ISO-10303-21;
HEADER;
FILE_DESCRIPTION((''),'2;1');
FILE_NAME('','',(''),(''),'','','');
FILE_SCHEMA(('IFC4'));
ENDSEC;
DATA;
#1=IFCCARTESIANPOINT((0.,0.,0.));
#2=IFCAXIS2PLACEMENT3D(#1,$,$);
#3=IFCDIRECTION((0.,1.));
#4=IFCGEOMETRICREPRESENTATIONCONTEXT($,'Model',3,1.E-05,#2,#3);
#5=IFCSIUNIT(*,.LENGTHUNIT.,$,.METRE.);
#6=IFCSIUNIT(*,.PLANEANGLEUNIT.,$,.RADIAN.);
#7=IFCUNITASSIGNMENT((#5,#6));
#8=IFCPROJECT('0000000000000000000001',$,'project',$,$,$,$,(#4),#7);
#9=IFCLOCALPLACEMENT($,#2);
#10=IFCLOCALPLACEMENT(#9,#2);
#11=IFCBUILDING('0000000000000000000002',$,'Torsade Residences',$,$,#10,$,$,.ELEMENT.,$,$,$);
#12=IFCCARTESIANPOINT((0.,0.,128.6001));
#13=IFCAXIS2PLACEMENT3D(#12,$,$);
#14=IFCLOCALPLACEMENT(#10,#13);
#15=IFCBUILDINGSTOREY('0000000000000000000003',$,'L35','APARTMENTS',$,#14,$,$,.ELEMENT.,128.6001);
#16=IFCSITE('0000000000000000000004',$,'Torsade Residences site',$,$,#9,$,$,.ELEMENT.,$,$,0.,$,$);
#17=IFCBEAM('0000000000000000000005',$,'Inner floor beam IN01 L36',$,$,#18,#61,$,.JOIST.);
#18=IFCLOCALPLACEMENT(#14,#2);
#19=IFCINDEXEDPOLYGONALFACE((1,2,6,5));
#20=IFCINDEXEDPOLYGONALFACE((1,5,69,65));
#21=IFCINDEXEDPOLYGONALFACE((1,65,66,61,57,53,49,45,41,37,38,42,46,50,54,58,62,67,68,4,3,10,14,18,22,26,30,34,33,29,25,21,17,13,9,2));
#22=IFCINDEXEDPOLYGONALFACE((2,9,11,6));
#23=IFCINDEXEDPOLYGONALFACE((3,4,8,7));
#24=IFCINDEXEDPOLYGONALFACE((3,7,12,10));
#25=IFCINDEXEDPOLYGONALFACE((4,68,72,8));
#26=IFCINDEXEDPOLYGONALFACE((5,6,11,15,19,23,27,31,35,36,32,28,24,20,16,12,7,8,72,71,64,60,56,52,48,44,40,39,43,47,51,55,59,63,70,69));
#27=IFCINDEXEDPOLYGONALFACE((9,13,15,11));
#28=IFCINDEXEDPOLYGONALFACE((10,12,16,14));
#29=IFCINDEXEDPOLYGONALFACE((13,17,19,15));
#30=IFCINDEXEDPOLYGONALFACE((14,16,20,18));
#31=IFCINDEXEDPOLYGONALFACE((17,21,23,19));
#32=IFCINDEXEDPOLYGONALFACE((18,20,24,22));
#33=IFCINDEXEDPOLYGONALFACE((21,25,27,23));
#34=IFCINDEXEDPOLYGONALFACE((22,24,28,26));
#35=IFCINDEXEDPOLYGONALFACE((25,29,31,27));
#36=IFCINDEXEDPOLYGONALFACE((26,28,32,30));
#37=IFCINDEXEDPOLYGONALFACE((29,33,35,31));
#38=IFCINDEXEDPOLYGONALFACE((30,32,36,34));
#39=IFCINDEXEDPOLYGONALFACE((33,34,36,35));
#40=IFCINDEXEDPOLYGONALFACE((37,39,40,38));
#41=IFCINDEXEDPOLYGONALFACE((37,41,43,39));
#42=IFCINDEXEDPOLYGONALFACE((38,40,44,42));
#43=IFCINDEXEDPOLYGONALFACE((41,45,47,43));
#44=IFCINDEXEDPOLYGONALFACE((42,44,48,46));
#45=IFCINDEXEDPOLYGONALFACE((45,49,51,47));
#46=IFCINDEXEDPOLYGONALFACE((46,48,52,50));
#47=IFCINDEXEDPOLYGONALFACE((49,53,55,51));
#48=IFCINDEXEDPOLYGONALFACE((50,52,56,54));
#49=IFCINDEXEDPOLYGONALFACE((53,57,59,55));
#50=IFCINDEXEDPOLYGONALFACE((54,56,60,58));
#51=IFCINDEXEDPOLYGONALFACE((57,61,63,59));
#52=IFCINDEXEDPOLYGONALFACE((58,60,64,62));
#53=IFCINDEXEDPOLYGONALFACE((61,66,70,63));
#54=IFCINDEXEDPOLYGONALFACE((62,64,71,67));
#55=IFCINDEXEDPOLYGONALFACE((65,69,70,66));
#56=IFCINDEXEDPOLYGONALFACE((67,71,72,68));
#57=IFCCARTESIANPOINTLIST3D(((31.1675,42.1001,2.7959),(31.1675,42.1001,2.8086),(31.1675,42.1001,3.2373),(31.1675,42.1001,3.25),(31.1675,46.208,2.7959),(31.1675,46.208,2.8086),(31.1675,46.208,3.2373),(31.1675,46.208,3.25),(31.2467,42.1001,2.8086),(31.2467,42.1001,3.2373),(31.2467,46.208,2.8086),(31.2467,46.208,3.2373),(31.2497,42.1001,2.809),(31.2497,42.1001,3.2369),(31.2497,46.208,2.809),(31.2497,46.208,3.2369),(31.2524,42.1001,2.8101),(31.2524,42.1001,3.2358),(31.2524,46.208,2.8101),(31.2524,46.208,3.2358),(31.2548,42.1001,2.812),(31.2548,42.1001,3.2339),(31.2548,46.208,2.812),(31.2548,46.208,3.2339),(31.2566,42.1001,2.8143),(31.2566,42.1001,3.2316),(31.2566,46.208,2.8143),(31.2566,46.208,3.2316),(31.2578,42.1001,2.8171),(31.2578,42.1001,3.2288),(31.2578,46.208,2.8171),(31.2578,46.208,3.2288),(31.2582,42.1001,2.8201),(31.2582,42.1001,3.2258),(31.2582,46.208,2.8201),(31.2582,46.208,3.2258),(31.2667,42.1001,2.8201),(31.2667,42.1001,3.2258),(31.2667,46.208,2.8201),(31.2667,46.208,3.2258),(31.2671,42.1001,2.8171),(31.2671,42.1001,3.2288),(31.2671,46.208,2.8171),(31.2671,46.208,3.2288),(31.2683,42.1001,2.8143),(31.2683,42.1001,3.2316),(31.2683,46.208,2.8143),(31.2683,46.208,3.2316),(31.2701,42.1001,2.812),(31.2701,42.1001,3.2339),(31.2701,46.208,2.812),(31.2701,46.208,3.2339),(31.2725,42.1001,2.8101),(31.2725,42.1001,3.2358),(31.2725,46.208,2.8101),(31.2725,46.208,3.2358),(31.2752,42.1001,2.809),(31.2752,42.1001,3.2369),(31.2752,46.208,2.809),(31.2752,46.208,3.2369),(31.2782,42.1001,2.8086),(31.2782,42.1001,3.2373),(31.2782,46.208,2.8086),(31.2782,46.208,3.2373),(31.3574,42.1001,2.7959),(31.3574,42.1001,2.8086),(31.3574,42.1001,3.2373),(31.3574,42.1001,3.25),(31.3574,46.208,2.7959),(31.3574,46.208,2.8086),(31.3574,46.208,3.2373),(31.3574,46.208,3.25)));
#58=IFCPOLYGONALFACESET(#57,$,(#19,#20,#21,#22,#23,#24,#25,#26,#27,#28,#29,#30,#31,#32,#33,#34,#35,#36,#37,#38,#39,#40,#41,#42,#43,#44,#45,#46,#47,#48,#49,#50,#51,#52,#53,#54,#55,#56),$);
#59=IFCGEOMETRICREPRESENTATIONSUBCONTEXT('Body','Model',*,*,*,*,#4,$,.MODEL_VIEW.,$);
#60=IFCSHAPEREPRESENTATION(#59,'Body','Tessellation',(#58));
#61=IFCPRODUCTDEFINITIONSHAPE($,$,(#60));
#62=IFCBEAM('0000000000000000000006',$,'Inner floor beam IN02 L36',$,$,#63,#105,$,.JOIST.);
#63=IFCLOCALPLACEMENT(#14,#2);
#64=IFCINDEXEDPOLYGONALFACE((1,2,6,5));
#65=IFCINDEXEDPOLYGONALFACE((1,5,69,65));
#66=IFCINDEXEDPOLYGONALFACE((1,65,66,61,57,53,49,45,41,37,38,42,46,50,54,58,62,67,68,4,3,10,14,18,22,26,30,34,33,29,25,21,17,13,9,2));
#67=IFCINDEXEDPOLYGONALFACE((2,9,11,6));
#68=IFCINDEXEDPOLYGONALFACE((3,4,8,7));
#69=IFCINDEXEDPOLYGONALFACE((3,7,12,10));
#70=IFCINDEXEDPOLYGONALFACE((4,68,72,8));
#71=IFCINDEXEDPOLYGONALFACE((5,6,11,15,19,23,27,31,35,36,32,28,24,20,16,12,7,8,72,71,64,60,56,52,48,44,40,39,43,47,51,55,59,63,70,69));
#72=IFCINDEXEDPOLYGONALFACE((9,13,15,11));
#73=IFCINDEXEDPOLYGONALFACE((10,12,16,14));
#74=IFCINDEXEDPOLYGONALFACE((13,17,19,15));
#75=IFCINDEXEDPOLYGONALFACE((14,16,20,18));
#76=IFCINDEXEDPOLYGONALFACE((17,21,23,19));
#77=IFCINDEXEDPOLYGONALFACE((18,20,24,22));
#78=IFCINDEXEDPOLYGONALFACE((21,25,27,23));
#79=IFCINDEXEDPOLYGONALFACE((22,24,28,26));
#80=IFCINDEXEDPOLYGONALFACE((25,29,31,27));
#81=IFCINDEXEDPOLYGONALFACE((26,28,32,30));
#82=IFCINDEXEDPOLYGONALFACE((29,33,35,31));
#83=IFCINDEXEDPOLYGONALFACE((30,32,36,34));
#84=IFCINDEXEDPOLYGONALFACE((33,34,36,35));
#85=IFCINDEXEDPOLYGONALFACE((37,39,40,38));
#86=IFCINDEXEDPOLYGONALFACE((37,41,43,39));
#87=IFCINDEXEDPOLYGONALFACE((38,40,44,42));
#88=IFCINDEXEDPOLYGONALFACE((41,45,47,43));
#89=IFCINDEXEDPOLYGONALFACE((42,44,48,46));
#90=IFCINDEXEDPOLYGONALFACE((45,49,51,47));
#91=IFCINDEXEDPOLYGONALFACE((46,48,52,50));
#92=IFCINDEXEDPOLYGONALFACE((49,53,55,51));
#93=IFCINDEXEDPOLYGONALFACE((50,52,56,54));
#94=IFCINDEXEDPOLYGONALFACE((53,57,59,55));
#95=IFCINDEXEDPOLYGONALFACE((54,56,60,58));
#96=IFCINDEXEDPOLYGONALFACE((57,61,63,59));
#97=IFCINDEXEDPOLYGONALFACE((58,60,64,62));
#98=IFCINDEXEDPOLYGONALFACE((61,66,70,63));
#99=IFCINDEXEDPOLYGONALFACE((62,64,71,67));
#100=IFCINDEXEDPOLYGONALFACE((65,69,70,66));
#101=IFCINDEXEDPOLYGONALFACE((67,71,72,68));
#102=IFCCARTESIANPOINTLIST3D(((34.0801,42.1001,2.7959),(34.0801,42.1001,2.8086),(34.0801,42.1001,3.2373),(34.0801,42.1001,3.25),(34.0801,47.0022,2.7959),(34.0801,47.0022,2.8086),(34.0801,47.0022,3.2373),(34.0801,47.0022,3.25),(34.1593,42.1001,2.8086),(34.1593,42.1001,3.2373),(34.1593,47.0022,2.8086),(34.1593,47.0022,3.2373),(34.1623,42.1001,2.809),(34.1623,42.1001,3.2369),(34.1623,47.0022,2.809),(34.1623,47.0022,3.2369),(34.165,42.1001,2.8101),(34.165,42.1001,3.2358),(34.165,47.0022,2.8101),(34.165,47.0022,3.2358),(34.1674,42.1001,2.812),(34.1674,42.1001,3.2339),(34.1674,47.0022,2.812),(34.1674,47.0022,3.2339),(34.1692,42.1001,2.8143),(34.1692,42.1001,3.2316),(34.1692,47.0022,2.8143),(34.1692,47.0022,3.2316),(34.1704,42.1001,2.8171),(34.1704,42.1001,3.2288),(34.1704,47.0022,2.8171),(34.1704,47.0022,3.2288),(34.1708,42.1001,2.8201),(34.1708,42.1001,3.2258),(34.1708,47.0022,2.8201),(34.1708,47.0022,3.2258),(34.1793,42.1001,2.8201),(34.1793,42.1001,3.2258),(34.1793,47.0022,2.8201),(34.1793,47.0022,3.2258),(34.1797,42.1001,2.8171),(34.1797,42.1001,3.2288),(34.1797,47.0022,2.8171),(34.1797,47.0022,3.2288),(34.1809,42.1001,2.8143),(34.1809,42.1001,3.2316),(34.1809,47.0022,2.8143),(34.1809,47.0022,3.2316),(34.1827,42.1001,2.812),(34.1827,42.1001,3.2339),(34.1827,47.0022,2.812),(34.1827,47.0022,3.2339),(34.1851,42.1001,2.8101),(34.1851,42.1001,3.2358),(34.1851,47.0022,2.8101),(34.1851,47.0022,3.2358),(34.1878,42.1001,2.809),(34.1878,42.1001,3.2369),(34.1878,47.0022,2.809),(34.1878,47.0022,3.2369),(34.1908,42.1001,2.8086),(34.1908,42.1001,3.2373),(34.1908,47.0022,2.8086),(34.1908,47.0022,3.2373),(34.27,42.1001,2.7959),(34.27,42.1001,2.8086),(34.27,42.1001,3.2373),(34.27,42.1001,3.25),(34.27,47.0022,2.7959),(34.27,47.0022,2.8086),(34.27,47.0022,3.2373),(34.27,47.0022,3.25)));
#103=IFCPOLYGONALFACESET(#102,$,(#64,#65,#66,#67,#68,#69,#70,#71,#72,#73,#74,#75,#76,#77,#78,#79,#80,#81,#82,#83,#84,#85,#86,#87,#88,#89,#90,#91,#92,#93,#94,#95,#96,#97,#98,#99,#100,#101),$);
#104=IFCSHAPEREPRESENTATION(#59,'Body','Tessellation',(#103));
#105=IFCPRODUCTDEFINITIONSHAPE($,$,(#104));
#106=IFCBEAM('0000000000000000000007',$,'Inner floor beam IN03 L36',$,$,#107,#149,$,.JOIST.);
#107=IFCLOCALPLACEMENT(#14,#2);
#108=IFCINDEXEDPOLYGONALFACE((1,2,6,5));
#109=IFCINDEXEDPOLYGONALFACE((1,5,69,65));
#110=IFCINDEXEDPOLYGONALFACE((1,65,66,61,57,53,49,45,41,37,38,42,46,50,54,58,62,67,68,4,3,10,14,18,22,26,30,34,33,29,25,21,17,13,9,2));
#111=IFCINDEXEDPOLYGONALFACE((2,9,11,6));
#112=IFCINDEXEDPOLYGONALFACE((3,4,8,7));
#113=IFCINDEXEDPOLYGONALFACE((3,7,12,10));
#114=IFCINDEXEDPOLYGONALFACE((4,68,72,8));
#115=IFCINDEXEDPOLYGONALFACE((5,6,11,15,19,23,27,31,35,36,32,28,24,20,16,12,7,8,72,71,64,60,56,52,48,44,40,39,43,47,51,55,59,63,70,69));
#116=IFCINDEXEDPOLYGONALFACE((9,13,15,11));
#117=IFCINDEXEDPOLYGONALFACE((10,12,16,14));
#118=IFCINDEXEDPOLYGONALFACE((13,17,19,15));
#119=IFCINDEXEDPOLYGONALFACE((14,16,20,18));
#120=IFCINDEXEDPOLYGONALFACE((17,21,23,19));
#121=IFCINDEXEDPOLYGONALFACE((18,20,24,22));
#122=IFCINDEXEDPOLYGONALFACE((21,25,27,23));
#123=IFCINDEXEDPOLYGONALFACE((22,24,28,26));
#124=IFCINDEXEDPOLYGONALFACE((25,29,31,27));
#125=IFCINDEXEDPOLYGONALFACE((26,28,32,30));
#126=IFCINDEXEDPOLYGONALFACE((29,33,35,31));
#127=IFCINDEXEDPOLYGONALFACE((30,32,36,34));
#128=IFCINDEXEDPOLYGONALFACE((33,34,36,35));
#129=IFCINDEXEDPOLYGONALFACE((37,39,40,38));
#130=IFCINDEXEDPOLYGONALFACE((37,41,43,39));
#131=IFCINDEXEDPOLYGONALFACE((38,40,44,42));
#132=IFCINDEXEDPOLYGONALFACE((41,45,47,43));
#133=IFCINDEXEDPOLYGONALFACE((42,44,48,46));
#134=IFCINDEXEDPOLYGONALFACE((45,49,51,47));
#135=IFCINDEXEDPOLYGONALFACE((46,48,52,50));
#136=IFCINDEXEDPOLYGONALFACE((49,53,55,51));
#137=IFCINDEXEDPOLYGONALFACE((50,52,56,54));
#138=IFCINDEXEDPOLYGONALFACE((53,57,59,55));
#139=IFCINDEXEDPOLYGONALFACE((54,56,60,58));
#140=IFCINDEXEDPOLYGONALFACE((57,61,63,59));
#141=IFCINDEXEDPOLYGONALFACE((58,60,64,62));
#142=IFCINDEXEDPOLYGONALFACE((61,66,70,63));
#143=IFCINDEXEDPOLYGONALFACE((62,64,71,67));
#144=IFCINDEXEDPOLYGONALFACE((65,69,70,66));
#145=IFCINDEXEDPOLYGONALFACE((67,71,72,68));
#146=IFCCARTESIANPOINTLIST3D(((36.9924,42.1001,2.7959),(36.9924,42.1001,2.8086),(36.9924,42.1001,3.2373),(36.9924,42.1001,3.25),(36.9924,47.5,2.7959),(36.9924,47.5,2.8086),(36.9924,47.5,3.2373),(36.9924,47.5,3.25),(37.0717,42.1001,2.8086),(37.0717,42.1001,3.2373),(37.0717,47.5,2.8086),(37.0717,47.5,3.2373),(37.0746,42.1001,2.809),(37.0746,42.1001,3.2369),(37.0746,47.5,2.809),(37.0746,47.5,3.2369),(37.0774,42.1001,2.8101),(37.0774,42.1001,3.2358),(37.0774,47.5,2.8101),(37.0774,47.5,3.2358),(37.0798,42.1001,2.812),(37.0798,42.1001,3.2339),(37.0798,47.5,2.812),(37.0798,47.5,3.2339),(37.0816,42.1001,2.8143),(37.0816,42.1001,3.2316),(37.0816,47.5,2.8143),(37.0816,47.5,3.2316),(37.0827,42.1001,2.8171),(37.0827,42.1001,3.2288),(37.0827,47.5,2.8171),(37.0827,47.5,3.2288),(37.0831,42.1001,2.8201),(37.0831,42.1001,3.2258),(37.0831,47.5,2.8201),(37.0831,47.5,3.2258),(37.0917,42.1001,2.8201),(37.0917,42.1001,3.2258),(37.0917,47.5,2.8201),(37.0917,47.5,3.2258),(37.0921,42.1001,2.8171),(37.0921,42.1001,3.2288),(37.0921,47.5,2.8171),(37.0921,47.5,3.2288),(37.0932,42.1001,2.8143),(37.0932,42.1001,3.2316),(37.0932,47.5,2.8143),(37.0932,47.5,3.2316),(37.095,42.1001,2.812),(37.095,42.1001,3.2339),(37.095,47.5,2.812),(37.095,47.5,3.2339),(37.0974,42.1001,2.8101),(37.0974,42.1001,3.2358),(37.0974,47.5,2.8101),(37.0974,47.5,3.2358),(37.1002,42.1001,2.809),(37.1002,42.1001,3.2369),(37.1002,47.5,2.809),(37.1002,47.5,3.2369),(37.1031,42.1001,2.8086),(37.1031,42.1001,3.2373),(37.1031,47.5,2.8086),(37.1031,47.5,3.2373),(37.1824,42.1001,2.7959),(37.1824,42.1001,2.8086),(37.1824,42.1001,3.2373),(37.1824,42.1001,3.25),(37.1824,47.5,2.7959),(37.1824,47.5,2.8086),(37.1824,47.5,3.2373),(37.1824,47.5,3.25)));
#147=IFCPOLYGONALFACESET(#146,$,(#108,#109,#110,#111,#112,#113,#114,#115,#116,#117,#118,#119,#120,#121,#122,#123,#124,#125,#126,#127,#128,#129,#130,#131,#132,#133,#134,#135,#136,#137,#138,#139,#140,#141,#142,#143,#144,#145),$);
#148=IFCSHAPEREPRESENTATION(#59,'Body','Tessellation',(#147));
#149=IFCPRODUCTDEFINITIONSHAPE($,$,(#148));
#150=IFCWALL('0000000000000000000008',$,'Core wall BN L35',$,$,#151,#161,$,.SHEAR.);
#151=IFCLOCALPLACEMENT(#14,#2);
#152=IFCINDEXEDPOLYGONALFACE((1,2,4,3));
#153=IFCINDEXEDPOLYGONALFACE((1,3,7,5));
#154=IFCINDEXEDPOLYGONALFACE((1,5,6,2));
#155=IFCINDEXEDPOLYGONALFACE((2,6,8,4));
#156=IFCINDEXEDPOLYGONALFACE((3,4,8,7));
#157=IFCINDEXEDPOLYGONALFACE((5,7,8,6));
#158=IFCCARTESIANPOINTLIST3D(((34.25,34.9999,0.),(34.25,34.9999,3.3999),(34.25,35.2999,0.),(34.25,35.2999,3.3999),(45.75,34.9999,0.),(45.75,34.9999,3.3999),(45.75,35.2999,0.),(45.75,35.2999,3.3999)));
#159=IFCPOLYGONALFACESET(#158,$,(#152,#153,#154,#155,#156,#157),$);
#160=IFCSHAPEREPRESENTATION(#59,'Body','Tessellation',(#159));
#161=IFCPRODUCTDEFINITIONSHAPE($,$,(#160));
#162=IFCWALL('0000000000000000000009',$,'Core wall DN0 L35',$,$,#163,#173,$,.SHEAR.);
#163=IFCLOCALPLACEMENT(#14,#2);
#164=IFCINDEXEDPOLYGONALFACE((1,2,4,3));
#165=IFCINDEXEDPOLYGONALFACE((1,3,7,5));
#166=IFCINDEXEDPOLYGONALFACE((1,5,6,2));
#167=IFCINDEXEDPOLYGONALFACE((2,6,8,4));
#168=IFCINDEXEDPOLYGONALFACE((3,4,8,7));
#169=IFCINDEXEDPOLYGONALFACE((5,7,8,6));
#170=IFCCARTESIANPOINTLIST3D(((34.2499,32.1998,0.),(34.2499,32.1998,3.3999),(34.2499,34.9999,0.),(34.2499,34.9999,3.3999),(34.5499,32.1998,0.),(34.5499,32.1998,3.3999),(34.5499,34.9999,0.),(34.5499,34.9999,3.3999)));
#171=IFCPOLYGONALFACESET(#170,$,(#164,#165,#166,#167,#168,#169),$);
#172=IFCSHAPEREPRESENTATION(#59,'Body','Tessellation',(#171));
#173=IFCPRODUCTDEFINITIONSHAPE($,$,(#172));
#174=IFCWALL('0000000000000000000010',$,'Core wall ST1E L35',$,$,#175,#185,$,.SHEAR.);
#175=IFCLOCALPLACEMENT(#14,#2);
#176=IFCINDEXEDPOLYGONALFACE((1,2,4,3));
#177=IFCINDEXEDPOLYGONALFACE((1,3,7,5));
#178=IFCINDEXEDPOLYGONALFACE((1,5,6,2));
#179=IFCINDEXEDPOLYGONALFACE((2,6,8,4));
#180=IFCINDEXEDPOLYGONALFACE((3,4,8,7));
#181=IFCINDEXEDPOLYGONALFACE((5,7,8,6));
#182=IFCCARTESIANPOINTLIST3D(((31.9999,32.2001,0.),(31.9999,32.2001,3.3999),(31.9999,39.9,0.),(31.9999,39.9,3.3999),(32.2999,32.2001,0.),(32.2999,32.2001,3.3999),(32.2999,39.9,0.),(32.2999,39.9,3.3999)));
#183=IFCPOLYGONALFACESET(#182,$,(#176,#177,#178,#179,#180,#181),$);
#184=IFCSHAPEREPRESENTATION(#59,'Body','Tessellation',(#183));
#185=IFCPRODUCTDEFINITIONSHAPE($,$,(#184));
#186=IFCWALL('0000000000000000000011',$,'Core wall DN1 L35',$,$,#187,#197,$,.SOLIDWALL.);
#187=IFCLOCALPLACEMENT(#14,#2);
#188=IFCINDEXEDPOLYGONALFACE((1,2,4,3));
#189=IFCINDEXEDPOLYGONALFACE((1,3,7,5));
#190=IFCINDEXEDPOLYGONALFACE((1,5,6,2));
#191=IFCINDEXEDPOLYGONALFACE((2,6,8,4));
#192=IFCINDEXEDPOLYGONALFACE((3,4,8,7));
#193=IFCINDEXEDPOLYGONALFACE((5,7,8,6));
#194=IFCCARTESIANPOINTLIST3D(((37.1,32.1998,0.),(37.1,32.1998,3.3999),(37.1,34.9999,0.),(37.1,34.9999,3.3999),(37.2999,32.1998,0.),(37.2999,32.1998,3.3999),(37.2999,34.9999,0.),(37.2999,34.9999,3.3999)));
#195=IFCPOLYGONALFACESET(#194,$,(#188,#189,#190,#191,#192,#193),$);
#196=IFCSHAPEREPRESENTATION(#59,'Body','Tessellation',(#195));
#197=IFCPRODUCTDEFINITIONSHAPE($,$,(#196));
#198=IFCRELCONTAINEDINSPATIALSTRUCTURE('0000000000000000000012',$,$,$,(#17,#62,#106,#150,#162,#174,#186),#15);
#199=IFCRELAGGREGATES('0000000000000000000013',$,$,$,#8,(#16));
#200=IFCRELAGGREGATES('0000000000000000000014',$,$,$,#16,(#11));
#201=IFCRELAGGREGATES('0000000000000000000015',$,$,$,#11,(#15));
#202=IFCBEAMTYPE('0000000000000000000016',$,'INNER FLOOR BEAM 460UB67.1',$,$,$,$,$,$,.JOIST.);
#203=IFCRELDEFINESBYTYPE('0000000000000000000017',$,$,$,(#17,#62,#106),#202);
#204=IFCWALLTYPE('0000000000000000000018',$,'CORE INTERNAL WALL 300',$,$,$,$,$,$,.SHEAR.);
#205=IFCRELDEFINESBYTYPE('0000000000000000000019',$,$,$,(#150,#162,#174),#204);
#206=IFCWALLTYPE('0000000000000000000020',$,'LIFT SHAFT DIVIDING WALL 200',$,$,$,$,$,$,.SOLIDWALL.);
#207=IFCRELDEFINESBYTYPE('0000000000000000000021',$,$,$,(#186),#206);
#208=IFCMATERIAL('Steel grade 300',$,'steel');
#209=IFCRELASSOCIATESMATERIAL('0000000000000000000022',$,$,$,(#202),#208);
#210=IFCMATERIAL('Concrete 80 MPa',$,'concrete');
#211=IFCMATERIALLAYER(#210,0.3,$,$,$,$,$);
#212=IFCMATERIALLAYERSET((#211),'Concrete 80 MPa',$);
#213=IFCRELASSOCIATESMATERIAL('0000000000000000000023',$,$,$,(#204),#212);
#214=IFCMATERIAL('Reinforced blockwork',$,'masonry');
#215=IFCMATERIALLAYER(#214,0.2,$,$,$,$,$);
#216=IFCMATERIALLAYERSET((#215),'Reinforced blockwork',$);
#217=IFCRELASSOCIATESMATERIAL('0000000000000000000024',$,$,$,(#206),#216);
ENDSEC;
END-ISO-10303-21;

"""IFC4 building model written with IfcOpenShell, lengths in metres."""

from ifc_helpers import new_model, si_unit, direction, frame, frame_2d, origin, origin_2d, place, context, subcontext, project, spatial, rectangle, i_section, extrude, material, layer, layer_set, material_profile, profile_set, type_object, element, save


model = new_model("IFC4")

# Units and contexts
model_context = context("Model", 3, precision=1e-05, world=origin(), true_north=direction((0.0, 1.0)))
body_context = subcontext(model_context, "Body", "Model", "MODEL_VIEW")
ifc_project = project(units=[si_unit("LENGTHUNIT", "METRE"), si_unit("PLANEANGLEUNIT", "RADIAN")], contexts=[model_context])

# Site, building, storey
site_placement = place(None, origin())
site = spatial("IfcSite", under=ifc_project, at=site_placement, Name="Torsade Residences site", CompositionType="ELEMENT", RefElevation=0.0)
building_placement = place(site_placement, origin())
building = spatial("IfcBuilding", under=site, at=building_placement, Name="Torsade Residences", CompositionType="ELEMENT")
storey_placement = place(building_placement, frame((0.0, 0.0, 128.6001)))
storey = spatial("IfcBuildingStorey", under=building, at=storey_placement, Name="L35", Description="APARTMENTS", CompositionType="ELEMENT", Elevation=128.6001)

# Beams
ifc_material_1 = material(Name="Steel grade 300", Category="steel")
ifc_material_profile = material_profile(ifc_material_1, i_section(OverallWidth=0.1899, OverallDepth=0.4541, WebThickness=0.0085, FlangeThickness=0.0127, FilletRadius=0.0115, at=origin_2d()), Name="460UB67.1")
ifc_profile_set = profile_set([ifc_material_profile], Name="Steel grade 300")
beam_type = type_object("IfcBeamType", Name="INNER FLOOR BEAM 460UB67.1", PredefinedType="JOIST", material=ifc_profile_set)
beam_1_placement = place(storey_placement, frame((31.2625, 42.1001, 3.0229), z_axis=(0.0, 1.0, 0.0), x_axis=(-1.0, 0.0, 0.0)))
element("IfcBeam", 1, at=beam_1_placement, inside=storey, type_object=beam_type, Name="Inner floor beam IN01 L36", PredefinedType="JOIST", context=body_context, shape_type="SweptSolid", body=[
    extrude(i_section(OverallWidth=0.1899, OverallDepth=0.4541, WebThickness=0.0085, FlangeThickness=0.0127, FilletRadius=0.0115, at=origin_2d()), origin(), (0.0, 0.0, 1.0), 4.1079),
])
beam_2_placement = place(storey_placement, frame((34.175, 42.1001, 3.0229), z_axis=(0.0, 1.0, 0.0), x_axis=(-1.0, 0.0, 0.0)))
element("IfcBeam", 2, at=beam_2_placement, inside=storey, type_object=beam_type, Name="Inner floor beam IN02 L36", PredefinedType="JOIST", context=body_context, shape_type="SweptSolid", body=[
    extrude(i_section(OverallWidth=0.1899, OverallDepth=0.4541, WebThickness=0.0085, FlangeThickness=0.0127, FilletRadius=0.0115, at=origin_2d()), origin(), (0.0, 0.0, 1.0), 4.9021),
])
beam_3_placement = place(storey_placement, frame((37.0874, 42.1001, 3.0229), z_axis=(0.0, 1.0, 0.0), x_axis=(-1.0, 0.0, 0.0)))
element("IfcBeam", 3, at=beam_3_placement, inside=storey, type_object=beam_type, Name="Inner floor beam IN03 L36", PredefinedType="JOIST", context=body_context, shape_type="SweptSolid", body=[
    extrude(i_section(OverallWidth=0.1899, OverallDepth=0.4541, WebThickness=0.0085, FlangeThickness=0.0127, FilletRadius=0.0115, at=origin_2d()), origin(), (0.0, 0.0, 1.0), 5.3999),
])

# Walls
ifc_material_2 = material(Name="Concrete 80 MPa", Category="concrete")
ifc_layer_1 = layer(ifc_material_2, 0.3)
ifc_layer_set_1 = layer_set([ifc_layer_1], Name="Concrete 80 MPa")
wall_type_1 = type_object("IfcWallType", Name="CORE INTERNAL WALL 300", PredefinedType="SHEAR", material=ifc_layer_set_1)
wall_1_placement = place(storey_placement, frame((34.25, 35.1499, 0.0), z_axis=(0.0, 0.0, 1.0), x_axis=(1.0, 0.0, 0.0)))
element("IfcWall", 4, at=wall_1_placement, inside=storey, type_object=wall_type_1, Name="Core wall BN L35", PredefinedType="SHEAR", context=body_context, shape_type="SweptSolid", body=[
    extrude(rectangle(XDim=11.5, YDim=0.3, at=frame_2d((5.75, 0.0))), origin(), (0.0, 0.0, 1.0), 3.3999),
])
wall_2_placement = place(storey_placement, frame((34.3999, 32.2, 0.0), z_axis=(0.0, 0.0, 1.0), x_axis=(0.0, 1.0, 0.0)))
element("IfcWall", 5, at=wall_2_placement, inside=storey, type_object=wall_type_1, Name="Core wall DN0 L35", PredefinedType="SHEAR", context=body_context, shape_type="SweptSolid", body=[
    extrude(rectangle(XDim=2.8, YDim=0.3, at=frame_2d((1.3999, 0.0))), origin(), (0.0, 0.0, 1.0), 3.3999),
])
wall_3_placement = place(storey_placement, frame((32.1499, 32.2, 0.0), z_axis=(0.0, 0.0, 1.0), x_axis=(0.0, 1.0, 0.0)))
element("IfcWall", 6, at=wall_3_placement, inside=storey, type_object=wall_type_1, Name="Core wall ST1E L35", PredefinedType="SHEAR", context=body_context, shape_type="SweptSolid", body=[
    extrude(rectangle(XDim=7.7, YDim=0.3, at=frame_2d((3.8501, 0.0))), origin(), (0.0, 0.0, 1.0), 3.3999),
])
ifc_material_3 = material(Name="Reinforced blockwork", Category="masonry")
ifc_layer_2 = layer(ifc_material_3, 0.2)
ifc_layer_set_2 = layer_set([ifc_layer_2], Name="Reinforced blockwork")
wall_type_2 = type_object("IfcWallType", Name="LIFT SHAFT DIVIDING WALL 200", PredefinedType="SOLIDWALL", material=ifc_layer_set_2)
for number, where, z_axis, x_axis, name in (
    (7, (37.2, 32.2, 0.0), (0.0, 0.0, 1.0), (0.0, 1.0, 0.0), "Core wall DN1 L35"),
):
    element("IfcWall", number, at=place(storey_placement, frame(where, z_axis=z_axis, x_axis=x_axis)), inside=storey, type_object=wall_type_2, Name=name, PredefinedType="SOLIDWALL", context=body_context, shape_type="SweptSolid", body=[
        extrude(rectangle(XDim=2.8, YDim=0.2, at=frame_2d((1.3999, 0.0))), origin(), (0.0, 0.0, 1.0), 3.3999),
    ])

save(model, "model.ifc")
